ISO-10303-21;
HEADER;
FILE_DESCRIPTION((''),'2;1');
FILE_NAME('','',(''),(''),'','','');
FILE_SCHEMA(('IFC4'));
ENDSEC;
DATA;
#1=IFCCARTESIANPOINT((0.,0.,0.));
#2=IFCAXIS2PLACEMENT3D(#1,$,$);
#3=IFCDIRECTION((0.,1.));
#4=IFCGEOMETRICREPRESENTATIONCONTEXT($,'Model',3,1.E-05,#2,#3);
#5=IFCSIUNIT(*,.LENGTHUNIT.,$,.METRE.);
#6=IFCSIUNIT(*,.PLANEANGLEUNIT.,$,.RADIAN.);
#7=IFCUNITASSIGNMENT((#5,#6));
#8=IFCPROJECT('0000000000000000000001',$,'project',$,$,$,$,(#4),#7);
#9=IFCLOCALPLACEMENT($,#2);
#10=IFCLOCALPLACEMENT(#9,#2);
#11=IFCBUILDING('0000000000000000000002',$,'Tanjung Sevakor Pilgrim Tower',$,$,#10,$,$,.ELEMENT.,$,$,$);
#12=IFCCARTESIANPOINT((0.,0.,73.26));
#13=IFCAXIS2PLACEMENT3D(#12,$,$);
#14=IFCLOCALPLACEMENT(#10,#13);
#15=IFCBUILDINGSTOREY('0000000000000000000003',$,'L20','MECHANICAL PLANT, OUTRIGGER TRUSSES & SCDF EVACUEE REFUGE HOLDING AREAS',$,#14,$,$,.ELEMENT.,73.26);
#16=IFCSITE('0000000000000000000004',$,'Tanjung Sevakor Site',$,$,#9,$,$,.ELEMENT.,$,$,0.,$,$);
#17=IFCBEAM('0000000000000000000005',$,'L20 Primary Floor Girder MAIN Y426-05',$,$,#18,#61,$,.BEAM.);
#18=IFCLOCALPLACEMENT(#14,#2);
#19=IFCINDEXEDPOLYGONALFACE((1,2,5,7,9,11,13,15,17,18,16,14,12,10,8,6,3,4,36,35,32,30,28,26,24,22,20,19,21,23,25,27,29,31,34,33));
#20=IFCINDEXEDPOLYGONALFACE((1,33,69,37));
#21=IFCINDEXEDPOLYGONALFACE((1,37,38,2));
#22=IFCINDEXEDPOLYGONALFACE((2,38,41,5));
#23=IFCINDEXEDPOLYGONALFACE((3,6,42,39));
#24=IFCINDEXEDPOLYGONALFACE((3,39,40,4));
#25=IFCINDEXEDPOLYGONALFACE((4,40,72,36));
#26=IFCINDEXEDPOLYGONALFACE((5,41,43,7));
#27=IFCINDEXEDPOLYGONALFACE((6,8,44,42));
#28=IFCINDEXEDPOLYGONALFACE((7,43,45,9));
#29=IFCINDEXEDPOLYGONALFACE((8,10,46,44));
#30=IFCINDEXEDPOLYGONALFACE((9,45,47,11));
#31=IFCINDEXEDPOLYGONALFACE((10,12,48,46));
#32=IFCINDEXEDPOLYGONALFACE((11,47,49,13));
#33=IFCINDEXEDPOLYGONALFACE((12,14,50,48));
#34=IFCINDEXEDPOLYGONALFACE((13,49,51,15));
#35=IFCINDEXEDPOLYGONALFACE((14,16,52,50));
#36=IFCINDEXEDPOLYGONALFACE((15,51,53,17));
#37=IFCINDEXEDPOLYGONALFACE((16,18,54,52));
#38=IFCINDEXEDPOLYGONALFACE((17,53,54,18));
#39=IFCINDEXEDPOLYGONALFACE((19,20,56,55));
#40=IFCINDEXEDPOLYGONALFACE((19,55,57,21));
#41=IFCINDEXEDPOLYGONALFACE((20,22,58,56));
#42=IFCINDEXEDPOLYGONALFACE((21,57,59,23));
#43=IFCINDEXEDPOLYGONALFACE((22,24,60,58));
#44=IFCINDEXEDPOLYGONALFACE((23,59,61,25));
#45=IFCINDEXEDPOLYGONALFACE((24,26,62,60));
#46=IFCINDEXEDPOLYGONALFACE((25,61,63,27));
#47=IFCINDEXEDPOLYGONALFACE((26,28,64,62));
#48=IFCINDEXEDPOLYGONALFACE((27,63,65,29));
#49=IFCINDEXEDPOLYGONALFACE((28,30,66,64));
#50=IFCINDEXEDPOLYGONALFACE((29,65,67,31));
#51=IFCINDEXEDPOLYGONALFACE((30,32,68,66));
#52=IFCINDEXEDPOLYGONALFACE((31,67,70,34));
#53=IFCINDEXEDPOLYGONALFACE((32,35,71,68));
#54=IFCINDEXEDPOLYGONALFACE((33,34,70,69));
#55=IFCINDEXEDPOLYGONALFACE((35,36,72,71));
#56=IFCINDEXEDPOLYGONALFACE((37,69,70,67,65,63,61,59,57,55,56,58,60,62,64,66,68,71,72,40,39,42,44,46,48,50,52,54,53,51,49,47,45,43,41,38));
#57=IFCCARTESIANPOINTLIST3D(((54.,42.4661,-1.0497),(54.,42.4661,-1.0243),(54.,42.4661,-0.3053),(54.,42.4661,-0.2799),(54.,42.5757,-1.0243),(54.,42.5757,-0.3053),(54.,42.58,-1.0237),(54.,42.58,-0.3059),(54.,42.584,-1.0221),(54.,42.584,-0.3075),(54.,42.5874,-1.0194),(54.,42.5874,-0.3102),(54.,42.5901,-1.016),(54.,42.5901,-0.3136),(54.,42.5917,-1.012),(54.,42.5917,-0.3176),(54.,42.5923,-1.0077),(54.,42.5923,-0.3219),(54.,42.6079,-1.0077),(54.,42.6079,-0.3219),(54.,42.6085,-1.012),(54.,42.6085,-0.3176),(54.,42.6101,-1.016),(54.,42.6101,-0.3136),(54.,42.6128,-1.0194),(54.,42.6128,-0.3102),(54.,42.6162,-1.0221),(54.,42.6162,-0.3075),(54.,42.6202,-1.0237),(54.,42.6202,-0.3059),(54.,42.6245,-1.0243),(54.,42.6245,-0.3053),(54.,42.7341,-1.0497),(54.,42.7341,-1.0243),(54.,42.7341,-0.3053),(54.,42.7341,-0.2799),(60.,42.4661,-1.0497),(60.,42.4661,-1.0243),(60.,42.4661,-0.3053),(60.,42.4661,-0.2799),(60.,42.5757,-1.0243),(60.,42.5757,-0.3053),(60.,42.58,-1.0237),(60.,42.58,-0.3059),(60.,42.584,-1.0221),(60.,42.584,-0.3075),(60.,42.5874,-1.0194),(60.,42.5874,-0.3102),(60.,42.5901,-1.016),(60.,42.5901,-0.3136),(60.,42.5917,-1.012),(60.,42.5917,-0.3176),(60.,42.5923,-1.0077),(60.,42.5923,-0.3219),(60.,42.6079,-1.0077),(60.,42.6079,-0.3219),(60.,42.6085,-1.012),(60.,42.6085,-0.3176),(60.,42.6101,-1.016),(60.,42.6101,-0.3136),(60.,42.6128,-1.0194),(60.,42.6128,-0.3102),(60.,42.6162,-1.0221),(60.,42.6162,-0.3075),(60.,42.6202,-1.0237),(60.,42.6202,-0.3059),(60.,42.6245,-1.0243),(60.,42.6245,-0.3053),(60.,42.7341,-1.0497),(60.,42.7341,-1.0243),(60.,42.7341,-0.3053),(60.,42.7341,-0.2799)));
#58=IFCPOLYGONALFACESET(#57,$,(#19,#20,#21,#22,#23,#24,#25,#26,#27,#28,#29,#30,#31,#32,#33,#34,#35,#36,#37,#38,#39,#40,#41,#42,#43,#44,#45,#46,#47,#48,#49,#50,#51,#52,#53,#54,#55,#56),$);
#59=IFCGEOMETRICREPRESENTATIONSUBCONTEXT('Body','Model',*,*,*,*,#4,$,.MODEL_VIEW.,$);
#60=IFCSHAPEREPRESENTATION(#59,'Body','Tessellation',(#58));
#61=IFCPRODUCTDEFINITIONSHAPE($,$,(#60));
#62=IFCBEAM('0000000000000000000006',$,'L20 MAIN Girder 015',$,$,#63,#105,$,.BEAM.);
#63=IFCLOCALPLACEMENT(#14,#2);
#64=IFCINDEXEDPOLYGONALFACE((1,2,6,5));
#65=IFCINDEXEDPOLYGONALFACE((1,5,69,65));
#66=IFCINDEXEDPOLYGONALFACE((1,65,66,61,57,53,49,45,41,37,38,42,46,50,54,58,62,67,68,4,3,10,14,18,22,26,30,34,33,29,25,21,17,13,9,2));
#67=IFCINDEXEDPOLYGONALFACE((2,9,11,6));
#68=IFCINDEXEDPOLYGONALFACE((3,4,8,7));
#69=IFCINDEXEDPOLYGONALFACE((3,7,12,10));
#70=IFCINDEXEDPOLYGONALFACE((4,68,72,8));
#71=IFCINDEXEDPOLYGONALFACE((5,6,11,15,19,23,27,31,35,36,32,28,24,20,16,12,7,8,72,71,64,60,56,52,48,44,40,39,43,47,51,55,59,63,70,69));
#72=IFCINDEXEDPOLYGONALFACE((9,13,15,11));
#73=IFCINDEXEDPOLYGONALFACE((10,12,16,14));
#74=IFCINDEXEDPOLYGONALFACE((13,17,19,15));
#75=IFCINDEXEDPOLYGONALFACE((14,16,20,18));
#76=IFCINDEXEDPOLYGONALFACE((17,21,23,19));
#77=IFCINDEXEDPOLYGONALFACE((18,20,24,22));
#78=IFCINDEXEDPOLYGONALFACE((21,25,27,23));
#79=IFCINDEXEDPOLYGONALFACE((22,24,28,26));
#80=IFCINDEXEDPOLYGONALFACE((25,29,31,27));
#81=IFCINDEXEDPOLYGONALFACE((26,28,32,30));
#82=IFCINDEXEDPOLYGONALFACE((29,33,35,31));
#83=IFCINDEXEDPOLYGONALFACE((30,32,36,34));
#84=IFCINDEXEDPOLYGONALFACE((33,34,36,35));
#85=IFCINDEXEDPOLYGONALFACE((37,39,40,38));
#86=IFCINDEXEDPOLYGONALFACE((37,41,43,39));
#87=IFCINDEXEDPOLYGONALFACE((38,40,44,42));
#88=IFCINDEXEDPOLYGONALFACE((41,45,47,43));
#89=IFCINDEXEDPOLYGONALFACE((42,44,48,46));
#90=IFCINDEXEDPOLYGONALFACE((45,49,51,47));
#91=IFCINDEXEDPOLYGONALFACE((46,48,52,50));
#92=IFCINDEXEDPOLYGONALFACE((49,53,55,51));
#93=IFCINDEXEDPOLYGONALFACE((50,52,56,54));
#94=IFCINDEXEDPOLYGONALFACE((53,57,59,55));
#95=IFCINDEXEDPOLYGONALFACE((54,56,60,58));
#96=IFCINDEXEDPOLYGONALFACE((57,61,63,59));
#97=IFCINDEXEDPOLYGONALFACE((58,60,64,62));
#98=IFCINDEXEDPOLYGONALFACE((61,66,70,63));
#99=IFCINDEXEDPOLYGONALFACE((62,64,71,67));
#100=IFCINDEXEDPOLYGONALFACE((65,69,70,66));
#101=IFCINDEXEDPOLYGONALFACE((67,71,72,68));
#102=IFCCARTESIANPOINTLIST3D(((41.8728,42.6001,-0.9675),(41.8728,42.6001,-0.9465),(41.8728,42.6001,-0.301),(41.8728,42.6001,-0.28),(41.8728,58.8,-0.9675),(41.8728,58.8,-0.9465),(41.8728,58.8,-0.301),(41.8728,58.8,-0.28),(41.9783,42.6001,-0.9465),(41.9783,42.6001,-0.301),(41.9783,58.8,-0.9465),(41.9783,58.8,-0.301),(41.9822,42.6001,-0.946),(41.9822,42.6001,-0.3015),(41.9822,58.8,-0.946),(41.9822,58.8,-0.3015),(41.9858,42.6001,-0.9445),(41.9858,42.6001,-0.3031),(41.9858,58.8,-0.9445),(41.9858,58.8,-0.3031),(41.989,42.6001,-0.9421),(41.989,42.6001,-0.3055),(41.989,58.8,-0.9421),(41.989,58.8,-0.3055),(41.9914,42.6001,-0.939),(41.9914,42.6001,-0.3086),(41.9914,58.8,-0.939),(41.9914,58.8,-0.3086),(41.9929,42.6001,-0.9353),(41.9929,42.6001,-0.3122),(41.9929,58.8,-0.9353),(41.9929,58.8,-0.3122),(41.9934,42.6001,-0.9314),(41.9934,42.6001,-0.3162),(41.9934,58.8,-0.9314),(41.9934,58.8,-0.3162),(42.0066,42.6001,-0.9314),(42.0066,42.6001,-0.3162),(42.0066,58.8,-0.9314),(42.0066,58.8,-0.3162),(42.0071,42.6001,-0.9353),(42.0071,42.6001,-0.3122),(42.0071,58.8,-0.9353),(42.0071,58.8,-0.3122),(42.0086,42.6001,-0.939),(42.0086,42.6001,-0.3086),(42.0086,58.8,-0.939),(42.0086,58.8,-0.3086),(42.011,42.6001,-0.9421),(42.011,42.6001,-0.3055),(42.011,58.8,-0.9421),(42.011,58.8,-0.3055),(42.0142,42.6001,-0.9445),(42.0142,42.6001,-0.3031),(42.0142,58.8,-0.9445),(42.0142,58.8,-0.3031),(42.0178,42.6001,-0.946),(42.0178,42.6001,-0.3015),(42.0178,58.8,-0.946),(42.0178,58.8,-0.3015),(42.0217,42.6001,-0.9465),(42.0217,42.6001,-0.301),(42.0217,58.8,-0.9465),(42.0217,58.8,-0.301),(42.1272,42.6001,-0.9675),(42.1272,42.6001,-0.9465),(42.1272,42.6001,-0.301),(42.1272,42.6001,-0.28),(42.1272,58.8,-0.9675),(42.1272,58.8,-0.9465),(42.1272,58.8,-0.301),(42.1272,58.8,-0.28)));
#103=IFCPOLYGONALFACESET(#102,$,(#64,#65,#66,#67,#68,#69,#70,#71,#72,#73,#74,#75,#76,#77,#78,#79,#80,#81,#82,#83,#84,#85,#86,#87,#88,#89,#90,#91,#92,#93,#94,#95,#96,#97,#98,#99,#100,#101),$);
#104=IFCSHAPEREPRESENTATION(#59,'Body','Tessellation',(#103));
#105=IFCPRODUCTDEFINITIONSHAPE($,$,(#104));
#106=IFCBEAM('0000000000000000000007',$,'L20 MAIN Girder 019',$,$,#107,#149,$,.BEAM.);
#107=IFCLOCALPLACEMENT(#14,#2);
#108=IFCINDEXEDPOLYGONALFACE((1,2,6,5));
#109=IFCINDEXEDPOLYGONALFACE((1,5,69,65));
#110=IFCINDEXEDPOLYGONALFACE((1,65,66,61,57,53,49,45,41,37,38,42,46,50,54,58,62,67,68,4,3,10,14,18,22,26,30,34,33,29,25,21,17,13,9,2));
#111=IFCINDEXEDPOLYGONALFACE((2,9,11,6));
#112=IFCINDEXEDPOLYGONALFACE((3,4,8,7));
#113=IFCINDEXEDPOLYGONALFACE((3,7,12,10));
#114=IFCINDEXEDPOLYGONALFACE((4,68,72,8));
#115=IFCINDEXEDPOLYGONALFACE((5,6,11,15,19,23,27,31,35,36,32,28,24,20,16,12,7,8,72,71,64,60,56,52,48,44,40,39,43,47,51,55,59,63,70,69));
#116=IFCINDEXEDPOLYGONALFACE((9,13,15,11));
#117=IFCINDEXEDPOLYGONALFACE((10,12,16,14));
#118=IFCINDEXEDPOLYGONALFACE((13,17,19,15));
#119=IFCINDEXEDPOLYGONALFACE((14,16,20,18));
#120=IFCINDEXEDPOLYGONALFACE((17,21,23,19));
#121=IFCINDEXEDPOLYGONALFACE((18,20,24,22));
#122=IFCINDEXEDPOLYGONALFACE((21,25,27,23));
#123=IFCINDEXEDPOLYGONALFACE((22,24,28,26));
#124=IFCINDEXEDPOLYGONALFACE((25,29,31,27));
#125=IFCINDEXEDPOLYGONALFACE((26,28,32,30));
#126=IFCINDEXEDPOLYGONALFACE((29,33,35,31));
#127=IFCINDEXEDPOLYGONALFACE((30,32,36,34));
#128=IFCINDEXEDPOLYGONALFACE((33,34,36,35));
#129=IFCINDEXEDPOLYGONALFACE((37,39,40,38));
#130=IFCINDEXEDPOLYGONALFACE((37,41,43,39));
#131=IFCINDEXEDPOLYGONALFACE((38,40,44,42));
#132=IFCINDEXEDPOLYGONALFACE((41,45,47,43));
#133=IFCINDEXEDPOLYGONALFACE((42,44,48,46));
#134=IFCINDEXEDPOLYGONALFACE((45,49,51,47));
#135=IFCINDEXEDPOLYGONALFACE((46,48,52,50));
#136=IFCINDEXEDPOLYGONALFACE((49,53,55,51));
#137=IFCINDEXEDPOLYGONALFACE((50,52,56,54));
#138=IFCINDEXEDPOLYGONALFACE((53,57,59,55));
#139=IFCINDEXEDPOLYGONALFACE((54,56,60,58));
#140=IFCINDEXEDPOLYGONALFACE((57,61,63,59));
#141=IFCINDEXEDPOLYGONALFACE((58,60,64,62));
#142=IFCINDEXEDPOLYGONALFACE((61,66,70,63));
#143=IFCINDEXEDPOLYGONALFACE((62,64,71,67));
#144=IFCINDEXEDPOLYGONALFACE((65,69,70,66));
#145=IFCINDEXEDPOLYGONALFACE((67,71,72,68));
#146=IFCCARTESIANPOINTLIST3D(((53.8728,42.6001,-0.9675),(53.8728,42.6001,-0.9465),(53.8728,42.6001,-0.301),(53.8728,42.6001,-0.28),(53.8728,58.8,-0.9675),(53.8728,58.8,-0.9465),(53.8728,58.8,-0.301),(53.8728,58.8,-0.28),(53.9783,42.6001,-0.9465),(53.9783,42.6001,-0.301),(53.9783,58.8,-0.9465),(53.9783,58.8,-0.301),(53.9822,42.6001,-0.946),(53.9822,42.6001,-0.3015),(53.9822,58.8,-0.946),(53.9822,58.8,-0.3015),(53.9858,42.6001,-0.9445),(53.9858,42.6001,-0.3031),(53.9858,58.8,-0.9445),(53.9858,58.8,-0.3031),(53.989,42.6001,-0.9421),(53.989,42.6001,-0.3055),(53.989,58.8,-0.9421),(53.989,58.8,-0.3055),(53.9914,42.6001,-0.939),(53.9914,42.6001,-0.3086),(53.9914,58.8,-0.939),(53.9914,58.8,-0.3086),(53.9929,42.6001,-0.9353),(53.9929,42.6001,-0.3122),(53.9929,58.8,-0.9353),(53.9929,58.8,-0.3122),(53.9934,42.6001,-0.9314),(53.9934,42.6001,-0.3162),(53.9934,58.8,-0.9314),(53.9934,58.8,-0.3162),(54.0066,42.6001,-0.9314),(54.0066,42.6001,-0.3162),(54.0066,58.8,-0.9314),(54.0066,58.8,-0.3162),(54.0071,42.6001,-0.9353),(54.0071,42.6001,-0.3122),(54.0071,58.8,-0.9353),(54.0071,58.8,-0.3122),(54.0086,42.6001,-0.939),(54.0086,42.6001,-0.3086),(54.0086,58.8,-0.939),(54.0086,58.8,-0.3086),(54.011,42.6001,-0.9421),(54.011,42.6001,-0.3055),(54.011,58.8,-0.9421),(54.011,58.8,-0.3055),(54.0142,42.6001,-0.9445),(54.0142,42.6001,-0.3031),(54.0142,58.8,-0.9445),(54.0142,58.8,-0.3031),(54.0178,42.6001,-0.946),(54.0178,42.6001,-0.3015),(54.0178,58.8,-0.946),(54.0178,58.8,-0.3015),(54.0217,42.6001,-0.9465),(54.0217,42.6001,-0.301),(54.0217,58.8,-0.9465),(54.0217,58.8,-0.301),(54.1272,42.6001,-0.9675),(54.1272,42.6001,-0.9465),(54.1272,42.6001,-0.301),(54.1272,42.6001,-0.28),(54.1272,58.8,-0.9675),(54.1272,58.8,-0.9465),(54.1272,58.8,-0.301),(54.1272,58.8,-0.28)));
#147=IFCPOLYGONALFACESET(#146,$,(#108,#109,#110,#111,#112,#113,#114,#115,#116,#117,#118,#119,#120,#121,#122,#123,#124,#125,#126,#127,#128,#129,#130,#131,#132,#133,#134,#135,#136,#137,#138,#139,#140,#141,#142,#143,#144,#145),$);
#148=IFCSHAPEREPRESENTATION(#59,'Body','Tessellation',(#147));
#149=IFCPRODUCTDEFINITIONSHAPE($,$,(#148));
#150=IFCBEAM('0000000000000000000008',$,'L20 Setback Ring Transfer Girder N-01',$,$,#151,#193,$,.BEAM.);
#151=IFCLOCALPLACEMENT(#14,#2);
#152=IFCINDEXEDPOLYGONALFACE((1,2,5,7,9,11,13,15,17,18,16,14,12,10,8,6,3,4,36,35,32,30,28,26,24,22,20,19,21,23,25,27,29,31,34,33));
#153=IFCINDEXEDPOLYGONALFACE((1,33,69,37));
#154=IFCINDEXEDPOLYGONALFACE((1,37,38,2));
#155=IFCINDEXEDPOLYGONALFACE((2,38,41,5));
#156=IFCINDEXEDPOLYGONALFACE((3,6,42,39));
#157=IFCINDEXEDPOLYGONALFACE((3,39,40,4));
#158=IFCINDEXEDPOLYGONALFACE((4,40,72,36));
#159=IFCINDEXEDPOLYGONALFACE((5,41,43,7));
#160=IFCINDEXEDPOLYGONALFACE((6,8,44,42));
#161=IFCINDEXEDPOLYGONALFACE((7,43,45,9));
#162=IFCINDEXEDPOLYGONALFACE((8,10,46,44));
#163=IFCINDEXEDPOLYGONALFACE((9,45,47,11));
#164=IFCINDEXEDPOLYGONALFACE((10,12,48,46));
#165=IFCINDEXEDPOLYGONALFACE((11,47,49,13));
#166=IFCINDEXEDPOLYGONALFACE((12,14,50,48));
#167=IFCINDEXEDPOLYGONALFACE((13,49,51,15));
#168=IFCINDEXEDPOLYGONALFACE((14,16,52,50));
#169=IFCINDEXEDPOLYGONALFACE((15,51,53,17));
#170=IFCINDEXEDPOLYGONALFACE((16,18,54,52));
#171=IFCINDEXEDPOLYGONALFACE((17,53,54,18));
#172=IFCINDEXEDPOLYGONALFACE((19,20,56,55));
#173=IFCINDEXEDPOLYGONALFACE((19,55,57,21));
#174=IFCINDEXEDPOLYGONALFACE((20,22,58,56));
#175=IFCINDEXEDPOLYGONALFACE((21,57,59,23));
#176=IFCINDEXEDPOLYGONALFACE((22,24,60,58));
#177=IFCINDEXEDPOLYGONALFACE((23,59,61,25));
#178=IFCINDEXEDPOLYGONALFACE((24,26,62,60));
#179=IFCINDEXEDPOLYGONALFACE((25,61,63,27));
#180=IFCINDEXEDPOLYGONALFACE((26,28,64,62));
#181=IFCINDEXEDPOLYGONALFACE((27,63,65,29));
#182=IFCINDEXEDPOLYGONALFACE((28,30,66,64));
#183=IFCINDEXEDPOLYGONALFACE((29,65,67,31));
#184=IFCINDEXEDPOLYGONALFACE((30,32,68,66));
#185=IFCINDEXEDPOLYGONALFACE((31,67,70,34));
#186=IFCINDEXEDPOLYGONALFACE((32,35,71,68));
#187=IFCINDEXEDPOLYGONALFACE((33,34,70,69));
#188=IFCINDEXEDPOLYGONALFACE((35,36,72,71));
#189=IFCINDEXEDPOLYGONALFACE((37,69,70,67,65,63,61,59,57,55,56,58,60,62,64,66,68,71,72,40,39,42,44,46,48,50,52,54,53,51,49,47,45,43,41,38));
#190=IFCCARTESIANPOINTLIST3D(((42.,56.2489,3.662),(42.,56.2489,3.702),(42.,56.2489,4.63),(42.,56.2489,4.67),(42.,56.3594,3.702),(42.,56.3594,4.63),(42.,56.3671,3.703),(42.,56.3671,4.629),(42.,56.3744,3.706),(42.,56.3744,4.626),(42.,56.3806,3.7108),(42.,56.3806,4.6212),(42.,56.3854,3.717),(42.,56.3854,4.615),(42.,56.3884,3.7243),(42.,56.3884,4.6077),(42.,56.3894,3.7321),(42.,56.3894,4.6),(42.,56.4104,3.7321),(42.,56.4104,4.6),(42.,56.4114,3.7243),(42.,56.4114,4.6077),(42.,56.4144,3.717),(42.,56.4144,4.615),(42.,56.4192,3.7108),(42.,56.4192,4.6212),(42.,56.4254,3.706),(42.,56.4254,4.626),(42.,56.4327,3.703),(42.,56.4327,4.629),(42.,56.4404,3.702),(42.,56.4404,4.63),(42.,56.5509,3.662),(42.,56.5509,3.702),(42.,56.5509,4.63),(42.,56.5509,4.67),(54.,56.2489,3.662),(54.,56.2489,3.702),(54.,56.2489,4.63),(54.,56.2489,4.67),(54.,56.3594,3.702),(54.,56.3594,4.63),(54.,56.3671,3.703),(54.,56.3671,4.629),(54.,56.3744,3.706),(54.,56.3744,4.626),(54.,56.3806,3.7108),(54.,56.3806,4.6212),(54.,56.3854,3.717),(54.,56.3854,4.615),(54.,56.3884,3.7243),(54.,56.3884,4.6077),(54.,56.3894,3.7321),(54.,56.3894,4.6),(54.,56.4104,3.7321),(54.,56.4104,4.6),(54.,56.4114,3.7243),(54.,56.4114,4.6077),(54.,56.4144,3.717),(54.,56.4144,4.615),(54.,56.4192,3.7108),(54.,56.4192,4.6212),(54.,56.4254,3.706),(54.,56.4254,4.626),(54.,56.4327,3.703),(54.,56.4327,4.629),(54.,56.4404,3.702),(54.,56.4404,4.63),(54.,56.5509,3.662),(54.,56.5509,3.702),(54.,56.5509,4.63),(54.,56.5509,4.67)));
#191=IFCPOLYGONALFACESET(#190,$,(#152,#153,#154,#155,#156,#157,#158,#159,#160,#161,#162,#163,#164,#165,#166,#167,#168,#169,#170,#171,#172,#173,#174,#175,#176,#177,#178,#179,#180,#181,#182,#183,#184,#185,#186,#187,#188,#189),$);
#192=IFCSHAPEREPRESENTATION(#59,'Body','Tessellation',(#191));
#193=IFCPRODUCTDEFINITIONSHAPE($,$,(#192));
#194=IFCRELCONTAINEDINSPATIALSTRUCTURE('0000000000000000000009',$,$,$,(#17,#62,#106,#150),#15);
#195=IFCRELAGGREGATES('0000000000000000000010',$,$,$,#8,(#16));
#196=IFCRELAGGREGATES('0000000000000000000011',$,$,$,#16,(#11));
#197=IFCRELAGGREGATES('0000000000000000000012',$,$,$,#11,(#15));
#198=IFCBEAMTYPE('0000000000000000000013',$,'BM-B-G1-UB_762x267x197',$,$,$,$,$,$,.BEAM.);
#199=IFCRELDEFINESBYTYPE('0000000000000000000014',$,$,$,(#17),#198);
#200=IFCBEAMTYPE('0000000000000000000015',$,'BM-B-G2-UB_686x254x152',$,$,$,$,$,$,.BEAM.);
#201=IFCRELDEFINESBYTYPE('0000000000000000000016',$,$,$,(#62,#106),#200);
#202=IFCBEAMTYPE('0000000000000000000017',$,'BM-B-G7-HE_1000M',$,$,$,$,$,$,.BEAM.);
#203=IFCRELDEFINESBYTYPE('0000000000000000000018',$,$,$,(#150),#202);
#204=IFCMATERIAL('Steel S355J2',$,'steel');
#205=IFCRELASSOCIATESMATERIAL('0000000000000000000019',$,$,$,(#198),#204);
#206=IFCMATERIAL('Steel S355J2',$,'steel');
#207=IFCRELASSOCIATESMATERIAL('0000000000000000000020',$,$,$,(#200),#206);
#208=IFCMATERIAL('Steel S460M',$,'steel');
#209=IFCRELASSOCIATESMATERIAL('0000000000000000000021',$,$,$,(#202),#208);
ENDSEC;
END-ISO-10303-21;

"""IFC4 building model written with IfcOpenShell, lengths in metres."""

from ifc_helpers import new_model, si_unit, direction, frame, origin, origin_2d, place, context, subcontext, project, spatial, i_section, extrude, material, material_profile, profile_set, type_object, element, save


model = new_model("IFC4")

# Units and contexts
model_context = context("Model", 3, precision=1e-05, world=origin(), true_north=direction((0.0, 1.0)))
body_context = subcontext(model_context, "Body", "Model", "MODEL_VIEW")
ifc_project = project(units=[si_unit("LENGTHUNIT", "METRE"), si_unit("PLANEANGLEUNIT", "RADIAN")], contexts=[model_context])

# Site, building, storey
site_placement = place(None, origin())
site = spatial("IfcSite", under=ifc_project, at=site_placement, Name="Tanjung Sevakor Site", CompositionType="ELEMENT", RefElevation=0.0)
building_placement = place(site_placement, origin())
building = spatial("IfcBuilding", under=site, at=building_placement, Name="Tanjung Sevakor Pilgrim Tower", CompositionType="ELEMENT")
storey_placement = place(building_placement, frame((0.0, 0.0, 73.26)))
storey = spatial("IfcBuildingStorey", under=building, at=storey_placement, Name="L20", Description="MECHANICAL PLANT, OUTRIGGER TRUSSES & SCDF EVACUEE REFUGE HOLDING AREAS", CompositionType="ELEMENT", Elevation=73.26)

# Beams
ifc_material_1 = material(Name="Steel S355J2", Category="steel")
ifc_material_profile_1 = material_profile(ifc_material_1, i_section(OverallWidth=0.2681, OverallDepth=0.7698, WebThickness=0.0156, FlangeThickness=0.0254, FilletRadius=0.0166, at=origin_2d()))
ifc_profile_set_1 = profile_set([ifc_material_profile_1], Name="Steel S355J2")
beam_type_1 = type_object("IfcBeamType", Name="BM-B-G1-UB_762x267x197", PredefinedType="BEAM", material=ifc_profile_set_1)
for number, where, z_axis, x_axis, name in (
    (1, (54.0, 42.6001, -0.6648), (1.0, 0.0, 0.0), (0.0, 1.0, 0.0), "L20 Primary Floor Girder MAIN Y426-05"),
):
    element("IfcBeam", number, at=place(storey_placement, frame(where, z_axis=z_axis, x_axis=x_axis)), inside=storey, type_object=beam_type_1, Name=name, PredefinedType="BEAM", context=body_context, shape_type="SweptSolid", body=[
        extrude(i_section(OverallWidth=0.2681, OverallDepth=0.7698, WebThickness=0.0156, FlangeThickness=0.0254, FilletRadius=0.0166, at=origin_2d()), origin(), (0.0, 0.0, 1.0), 6.0),
    ])
ifc_material_2 = material(Name="Steel S355J2", Category="steel")
ifc_material_profile_2 = material_profile(ifc_material_2, i_section(OverallWidth=0.2544, OverallDepth=0.6875, WebThickness=0.0132, FlangeThickness=0.021, FilletRadius=0.0151, at=origin_2d()))
ifc_profile_set_2 = profile_set([ifc_material_profile_2], Name="Steel S355J2")
beam_type_2 = type_object("IfcBeamType", Name="BM-B-G2-UB_686x254x152", PredefinedType="BEAM", material=ifc_profile_set_2)
for number, where, z_axis, x_axis, name in (
    (2, (42.0, 42.6001, -0.6238), (0.0, 1.0, 0.0), (-1.0, 0.0, 0.0), "L20 MAIN Girder 015"),
    (3, (54.0, 42.6001, -0.6238), (0.0, 1.0, 0.0), (-1.0, 0.0, 0.0), "L20 MAIN Girder 019"),
):
    element("IfcBeam", number, at=place(storey_placement, frame(where, z_axis=z_axis, x_axis=x_axis)), inside=storey, type_object=beam_type_2, Name=name, PredefinedType="BEAM", context=body_context, shape_type="SweptSolid", body=[
        extrude(i_section(OverallWidth=0.2544, OverallDepth=0.6875, WebThickness=0.0132, FlangeThickness=0.021, FilletRadius=0.0151, at=origin_2d()), origin(), (0.0, 0.0, 1.0), 16.2),
    ])
ifc_material_3 = material(Name="Steel S460M", Category="steel")
ifc_material_profile_3 = material_profile(ifc_material_3, i_section(OverallWidth=0.302, OverallDepth=1.0081, WebThickness=0.021, FlangeThickness=0.04, FilletRadius=0.03, at=origin_2d()))
ifc_profile_set_3 = profile_set([ifc_material_profile_3], Name="Steel S460M")
beam_type_3 = type_object("IfcBeamType", Name="BM-B-G7-HE_1000M", PredefinedType="BEAM", material=ifc_profile_set_3)
beam_1_placement = place(storey_placement, frame((42.0, 56.3999, 4.166), z_axis=(1.0, 0.0, 0.0), x_axis=(0.0, 1.0, 0.0)))
element("IfcBeam", 4, at=beam_1_placement, inside=storey, type_object=beam_type_3, Name="L20 Setback Ring Transfer Girder N-01", PredefinedType="BEAM", context=body_context, shape_type="SweptSolid", body=[
    extrude(i_section(OverallWidth=0.302, OverallDepth=1.0081, WebThickness=0.021, FlangeThickness=0.04, FilletRadius=0.03, at=origin_2d()), origin(), (0.0, 0.0, 1.0), 12.0),
])

save(model, "model.ifc")
